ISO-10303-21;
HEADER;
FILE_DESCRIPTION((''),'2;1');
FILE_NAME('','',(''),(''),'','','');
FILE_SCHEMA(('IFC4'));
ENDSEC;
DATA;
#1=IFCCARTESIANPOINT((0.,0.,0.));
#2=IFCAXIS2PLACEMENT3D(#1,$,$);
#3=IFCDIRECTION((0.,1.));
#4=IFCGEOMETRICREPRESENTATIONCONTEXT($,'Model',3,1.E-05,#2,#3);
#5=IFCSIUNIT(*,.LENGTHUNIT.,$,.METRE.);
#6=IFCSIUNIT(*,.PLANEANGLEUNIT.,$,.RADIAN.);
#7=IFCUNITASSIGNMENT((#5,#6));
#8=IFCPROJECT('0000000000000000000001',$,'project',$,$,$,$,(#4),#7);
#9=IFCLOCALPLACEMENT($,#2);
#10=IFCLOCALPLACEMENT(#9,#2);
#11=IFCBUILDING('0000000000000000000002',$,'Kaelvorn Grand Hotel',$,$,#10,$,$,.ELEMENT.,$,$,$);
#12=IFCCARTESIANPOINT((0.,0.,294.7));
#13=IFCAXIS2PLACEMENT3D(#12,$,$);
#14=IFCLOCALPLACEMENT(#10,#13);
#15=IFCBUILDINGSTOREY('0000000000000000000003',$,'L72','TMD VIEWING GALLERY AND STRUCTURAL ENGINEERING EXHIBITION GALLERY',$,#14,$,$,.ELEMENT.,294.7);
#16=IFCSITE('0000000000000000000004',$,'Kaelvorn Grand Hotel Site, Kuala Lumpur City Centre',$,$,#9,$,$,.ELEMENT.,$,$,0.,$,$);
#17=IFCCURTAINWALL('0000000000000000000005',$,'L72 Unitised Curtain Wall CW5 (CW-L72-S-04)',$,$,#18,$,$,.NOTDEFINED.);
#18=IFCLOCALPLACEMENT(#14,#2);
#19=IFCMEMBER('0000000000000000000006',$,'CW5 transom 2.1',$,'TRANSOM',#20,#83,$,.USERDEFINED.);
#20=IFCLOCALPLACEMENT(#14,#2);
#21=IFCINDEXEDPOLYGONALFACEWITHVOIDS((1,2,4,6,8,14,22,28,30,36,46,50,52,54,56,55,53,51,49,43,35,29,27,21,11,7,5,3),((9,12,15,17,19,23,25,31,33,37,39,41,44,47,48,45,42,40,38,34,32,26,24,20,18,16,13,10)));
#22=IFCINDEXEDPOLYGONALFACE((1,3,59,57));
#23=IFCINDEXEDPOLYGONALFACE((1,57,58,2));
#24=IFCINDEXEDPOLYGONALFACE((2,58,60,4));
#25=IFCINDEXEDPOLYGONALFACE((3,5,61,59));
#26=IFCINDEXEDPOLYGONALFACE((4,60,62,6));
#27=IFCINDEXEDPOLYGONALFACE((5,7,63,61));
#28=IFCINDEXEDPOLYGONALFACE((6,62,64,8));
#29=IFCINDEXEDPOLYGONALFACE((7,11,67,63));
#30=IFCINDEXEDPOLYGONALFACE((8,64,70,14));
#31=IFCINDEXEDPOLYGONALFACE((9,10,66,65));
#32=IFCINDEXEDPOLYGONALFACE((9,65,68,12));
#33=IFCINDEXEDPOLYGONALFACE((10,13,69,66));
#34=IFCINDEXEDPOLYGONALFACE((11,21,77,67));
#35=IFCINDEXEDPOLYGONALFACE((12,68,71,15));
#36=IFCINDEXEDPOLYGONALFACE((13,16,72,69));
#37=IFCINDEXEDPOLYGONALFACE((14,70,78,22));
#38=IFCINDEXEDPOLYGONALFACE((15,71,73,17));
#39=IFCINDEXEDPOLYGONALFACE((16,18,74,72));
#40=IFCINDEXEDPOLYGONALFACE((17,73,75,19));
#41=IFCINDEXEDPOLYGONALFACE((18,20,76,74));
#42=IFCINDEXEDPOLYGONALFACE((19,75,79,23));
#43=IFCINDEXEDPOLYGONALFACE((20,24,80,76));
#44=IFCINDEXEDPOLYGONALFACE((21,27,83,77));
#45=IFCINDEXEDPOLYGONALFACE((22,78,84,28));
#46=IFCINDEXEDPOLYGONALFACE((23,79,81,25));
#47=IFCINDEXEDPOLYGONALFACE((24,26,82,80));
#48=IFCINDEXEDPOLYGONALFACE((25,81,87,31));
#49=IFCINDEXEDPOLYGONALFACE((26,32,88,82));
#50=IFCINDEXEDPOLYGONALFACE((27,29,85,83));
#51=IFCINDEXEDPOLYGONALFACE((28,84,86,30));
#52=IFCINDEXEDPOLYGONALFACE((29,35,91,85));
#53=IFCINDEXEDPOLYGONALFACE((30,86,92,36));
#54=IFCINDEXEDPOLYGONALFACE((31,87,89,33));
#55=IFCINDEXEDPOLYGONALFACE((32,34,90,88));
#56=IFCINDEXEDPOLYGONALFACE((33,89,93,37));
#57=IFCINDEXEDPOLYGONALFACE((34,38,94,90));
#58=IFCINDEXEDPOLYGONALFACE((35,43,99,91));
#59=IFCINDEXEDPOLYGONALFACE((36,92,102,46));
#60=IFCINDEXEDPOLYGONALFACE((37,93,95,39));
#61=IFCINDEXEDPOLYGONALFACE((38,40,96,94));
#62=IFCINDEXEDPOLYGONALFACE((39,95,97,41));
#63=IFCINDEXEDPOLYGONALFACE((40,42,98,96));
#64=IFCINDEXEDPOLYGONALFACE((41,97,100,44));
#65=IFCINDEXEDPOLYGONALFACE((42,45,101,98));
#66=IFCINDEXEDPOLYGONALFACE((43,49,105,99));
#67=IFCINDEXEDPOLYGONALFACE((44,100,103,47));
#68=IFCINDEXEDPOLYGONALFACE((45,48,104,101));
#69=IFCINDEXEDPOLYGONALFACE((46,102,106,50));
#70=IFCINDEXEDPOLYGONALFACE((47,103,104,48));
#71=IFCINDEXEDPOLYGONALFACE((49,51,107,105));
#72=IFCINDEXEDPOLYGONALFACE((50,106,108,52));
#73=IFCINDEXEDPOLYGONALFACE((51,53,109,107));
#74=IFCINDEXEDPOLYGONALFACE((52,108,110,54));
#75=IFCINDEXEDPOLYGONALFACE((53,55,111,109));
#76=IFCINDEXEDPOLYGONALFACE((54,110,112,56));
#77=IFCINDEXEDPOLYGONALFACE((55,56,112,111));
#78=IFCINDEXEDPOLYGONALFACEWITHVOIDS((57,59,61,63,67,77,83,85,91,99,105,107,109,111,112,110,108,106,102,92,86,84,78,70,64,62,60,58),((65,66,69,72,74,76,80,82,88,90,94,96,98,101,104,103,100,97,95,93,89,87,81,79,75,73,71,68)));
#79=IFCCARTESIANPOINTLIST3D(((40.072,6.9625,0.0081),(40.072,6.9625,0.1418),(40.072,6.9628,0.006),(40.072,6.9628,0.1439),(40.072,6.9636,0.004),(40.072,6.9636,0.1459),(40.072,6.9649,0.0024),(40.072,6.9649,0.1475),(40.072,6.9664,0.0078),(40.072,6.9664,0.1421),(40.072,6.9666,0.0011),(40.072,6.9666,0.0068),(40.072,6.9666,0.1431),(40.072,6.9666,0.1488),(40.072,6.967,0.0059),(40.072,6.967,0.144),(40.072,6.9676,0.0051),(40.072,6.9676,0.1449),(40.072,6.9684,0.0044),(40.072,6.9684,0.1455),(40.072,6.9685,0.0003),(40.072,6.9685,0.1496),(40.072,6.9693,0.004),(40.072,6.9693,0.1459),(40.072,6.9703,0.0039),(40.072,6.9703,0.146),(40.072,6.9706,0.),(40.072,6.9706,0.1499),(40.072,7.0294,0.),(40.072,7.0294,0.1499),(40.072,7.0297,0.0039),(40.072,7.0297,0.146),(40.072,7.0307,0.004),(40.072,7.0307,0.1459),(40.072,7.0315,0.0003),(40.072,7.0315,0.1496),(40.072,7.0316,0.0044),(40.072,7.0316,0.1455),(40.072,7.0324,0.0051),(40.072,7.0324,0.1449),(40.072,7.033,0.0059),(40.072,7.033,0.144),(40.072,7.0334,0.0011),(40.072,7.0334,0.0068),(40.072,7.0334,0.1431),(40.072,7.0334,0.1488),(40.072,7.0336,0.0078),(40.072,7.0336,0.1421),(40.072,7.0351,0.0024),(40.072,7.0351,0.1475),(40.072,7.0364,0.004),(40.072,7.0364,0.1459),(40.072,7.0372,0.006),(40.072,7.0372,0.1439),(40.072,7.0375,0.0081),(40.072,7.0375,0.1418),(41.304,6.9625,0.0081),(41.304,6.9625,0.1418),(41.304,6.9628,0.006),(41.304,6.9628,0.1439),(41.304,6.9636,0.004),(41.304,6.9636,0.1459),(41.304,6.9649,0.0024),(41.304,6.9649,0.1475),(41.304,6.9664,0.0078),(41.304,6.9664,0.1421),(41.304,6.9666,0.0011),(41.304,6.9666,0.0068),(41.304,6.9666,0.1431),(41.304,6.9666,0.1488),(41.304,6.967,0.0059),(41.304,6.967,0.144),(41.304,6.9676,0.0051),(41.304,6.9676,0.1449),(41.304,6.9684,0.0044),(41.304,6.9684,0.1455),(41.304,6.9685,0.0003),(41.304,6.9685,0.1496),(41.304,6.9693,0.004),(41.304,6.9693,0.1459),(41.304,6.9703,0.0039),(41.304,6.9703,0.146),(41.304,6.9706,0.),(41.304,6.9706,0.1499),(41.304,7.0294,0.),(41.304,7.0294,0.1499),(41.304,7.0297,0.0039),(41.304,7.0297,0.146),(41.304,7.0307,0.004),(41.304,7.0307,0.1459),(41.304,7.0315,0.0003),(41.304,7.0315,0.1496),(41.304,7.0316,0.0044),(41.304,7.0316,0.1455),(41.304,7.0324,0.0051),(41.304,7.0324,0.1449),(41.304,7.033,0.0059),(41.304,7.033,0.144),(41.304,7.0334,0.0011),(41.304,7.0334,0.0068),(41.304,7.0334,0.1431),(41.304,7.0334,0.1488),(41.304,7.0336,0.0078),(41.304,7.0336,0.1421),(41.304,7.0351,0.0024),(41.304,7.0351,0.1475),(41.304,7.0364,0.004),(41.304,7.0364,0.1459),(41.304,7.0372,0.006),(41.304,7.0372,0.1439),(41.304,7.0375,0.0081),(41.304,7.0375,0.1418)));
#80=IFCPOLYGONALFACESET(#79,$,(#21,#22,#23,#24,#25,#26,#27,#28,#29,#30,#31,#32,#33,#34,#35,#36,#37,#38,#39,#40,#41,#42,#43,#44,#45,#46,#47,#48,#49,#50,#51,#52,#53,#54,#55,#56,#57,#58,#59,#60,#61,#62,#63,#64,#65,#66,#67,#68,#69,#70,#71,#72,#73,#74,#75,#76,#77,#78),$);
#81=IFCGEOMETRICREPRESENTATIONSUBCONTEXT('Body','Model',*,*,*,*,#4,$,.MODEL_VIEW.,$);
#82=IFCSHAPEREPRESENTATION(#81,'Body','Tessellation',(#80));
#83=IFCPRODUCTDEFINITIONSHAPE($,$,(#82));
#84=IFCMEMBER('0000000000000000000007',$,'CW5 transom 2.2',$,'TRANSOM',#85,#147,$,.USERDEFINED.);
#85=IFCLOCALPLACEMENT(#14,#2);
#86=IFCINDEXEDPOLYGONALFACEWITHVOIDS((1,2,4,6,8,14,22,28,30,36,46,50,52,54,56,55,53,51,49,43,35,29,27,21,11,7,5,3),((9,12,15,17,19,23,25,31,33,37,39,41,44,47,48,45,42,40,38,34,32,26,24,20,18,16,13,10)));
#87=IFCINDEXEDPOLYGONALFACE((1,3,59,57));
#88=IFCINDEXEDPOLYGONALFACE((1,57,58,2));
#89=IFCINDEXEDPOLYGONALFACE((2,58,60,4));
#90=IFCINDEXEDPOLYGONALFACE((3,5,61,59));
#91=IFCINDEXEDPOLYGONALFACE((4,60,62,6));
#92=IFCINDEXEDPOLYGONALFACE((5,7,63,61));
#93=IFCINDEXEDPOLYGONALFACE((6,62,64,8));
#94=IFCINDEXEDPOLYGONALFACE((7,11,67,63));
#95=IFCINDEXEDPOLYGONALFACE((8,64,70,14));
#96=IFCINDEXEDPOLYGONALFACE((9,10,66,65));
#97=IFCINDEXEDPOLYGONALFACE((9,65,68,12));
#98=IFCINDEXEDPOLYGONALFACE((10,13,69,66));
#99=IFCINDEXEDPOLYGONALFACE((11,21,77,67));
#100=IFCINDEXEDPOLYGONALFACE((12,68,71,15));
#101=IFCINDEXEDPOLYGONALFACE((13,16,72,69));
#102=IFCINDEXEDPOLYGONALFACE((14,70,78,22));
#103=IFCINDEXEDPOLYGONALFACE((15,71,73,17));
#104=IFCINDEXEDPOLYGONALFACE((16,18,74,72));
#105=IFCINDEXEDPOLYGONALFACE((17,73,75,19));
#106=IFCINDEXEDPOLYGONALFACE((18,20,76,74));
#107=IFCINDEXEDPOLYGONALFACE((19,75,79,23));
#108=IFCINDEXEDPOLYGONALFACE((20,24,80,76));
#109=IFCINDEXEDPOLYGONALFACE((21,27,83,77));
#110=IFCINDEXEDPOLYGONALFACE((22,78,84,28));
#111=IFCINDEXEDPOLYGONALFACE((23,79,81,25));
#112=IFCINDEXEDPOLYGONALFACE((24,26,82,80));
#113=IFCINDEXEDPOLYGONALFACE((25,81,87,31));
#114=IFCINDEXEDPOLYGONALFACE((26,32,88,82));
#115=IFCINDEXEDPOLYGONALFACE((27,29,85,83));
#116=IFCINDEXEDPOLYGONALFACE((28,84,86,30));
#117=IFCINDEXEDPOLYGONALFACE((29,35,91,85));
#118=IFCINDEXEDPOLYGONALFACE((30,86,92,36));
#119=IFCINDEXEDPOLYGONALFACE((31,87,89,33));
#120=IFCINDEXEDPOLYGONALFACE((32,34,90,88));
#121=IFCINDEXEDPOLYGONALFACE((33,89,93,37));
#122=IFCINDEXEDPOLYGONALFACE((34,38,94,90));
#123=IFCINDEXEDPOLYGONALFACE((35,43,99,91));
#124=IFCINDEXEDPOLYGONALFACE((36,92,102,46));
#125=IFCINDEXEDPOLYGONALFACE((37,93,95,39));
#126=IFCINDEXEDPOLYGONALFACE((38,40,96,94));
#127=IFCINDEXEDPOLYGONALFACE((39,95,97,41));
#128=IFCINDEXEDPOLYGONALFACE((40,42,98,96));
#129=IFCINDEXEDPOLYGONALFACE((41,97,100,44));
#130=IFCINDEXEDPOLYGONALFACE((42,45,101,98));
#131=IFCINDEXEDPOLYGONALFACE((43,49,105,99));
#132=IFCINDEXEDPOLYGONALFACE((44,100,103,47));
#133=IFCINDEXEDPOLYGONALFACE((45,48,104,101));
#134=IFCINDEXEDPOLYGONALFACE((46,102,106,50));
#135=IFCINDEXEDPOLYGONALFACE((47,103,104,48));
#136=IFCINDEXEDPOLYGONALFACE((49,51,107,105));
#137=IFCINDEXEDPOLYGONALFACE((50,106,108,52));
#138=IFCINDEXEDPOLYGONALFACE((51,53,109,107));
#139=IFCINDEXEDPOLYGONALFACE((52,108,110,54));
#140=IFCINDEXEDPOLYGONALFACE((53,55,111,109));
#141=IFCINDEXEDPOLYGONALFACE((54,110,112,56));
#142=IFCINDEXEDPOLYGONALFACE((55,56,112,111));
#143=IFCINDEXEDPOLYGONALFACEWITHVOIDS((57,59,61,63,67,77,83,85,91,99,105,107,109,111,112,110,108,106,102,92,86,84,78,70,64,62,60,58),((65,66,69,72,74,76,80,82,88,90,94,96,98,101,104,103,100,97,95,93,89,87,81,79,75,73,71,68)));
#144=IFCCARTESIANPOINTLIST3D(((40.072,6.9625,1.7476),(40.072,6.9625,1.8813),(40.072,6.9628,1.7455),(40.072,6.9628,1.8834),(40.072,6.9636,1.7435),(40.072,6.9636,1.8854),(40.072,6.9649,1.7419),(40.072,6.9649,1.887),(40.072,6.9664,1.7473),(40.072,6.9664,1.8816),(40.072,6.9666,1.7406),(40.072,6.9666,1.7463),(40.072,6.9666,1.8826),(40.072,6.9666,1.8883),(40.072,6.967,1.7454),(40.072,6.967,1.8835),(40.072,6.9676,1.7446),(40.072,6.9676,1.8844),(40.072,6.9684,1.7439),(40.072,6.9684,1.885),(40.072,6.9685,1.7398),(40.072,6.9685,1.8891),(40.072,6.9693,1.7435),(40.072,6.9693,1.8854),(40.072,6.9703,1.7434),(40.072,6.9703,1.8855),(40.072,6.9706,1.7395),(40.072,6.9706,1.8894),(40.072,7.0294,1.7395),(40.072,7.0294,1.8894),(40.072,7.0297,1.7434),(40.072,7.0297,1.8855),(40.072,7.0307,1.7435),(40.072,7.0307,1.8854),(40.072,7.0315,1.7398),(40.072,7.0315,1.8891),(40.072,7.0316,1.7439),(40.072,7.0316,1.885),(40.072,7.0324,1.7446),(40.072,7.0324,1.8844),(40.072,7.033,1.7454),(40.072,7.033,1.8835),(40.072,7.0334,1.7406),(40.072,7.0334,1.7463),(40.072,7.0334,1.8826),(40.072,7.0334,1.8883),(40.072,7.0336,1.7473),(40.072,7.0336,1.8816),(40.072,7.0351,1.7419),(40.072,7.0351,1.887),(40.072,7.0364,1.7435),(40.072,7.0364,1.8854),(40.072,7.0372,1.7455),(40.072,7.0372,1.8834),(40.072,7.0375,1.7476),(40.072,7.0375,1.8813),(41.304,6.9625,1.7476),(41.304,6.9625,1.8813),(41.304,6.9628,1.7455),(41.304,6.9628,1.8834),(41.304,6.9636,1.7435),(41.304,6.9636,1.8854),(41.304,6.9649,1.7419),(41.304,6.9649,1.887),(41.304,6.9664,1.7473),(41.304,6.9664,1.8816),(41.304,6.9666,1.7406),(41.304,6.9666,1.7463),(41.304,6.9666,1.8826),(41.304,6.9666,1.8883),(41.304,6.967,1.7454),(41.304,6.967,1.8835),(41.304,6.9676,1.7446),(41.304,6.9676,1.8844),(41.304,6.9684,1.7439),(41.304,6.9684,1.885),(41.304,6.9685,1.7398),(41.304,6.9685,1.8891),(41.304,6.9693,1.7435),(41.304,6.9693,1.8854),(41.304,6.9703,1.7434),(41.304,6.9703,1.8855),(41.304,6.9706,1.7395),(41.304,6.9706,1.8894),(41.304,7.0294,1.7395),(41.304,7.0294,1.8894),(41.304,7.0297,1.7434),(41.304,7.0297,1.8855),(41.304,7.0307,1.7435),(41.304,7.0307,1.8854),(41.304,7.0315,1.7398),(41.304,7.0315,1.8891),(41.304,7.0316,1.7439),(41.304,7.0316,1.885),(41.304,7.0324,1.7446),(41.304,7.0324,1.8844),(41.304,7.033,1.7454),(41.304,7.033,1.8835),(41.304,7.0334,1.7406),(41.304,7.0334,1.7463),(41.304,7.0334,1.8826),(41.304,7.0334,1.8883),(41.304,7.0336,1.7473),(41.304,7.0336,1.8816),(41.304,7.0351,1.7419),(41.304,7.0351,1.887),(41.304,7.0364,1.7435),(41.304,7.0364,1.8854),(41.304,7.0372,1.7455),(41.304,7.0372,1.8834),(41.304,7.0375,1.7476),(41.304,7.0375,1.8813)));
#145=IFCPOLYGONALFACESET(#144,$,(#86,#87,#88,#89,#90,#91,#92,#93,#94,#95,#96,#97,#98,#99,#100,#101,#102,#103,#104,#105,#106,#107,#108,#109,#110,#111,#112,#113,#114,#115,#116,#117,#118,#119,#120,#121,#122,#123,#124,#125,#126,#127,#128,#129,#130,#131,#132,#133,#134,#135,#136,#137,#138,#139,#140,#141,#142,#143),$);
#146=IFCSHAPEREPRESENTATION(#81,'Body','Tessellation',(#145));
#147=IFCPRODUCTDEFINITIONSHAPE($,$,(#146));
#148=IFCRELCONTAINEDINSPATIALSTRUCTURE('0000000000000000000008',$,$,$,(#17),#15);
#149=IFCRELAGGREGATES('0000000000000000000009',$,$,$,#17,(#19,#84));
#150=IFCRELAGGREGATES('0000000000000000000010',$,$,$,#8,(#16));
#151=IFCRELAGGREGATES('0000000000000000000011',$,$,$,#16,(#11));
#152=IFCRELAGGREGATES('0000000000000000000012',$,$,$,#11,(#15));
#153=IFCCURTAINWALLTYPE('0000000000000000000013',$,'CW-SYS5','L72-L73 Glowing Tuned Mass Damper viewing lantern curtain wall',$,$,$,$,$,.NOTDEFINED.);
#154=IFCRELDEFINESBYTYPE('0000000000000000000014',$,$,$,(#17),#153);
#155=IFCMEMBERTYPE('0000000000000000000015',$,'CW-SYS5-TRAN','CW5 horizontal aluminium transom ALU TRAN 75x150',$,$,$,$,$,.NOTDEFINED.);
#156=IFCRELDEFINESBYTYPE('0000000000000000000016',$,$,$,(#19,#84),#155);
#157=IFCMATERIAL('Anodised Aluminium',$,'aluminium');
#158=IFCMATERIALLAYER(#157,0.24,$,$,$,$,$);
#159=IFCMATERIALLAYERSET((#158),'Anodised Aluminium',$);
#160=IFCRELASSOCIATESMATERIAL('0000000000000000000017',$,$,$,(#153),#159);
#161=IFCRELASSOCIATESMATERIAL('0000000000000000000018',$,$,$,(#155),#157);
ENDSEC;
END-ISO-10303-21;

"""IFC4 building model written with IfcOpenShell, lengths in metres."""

from ifc_helpers import new_model, si_unit, direction, frame, origin, origin_2d, place, context, subcontext, project, spatial, hollow_rectangle, extrude, material, layer, layer_set, material_profile, profile_set, type_object, element, aggregate, save


model = new_model("IFC4")

# Units and contexts
model_context = context("Model", 3, precision=1e-05, world=origin(), true_north=direction((0.0, 1.0)))
body_context = subcontext(model_context, "Body", "Model", "MODEL_VIEW")
ifc_project = project(units=[si_unit("LENGTHUNIT", "METRE"), si_unit("PLANEANGLEUNIT", "RADIAN")], contexts=[model_context])

# Site, building, storey
site_placement = place(None, origin())
site = spatial("IfcSite", under=ifc_project, at=site_placement, Name="Kaelvorn Grand Hotel Site, Kuala Lumpur City Centre", CompositionType="ELEMENT", RefElevation=0.0)
building_placement = place(site_placement, origin())
building = spatial("IfcBuilding", under=site, at=building_placement, Name="Kaelvorn Grand Hotel", CompositionType="ELEMENT")
storey_placement = place(building_placement, frame((0.0, 0.0, 294.7)))
storey = spatial("IfcBuildingStorey", under=building, at=storey_placement, Name="L72", Description="TMD VIEWING GALLERY AND STRUCTURAL ENGINEERING EXHIBITION GALLERY", CompositionType="ELEMENT", Elevation=294.7)

# Curtain wall, members
ifc_material_1 = material(Name="Anodised Aluminium", Category="aluminium")
ifc_layer_1 = layer(ifc_material_1, 0.24)
ifc_layer_set_1 = layer_set([ifc_layer_1], Name="Anodised Aluminium")
curtain_wall_type = type_object("IfcCurtainWallType", Name="CW-SYS5", Description="L72-L73 Glowing Tuned Mass Damper viewing lantern curtain wall", PredefinedType="NOTDEFINED", material=ifc_layer_set_1)
curtain_wall_placement = place(storey_placement, origin())
curtain_wall = element("IfcCurtainWall", 1, at=curtain_wall_placement, inside=storey, type_object=curtain_wall_type, Name="L72 Unitised Curtain Wall CW5 (CW-L72-S-04)", PredefinedType="NOTDEFINED")
ifc_material_profile_1 = material_profile(ifc_material_1, hollow_rectangle(XDim=0.075, YDim=0.1499, WallThickness=0.0039, InnerFilletRadius=0.0039, OuterFilletRadius=0.0081, at=origin_2d()), Name="ALU TRAN 75x150")
ifc_profile_set_1 = profile_set([ifc_material_profile_1], Name="Anodised Aluminium")
member_type_1 = type_object("IfcMemberType", Name="CW-SYS5-TRAN", Description="CW5 horizontal aluminium transom ALU TRAN 75x150", PredefinedType="NOTDEFINED", material=ifc_profile_set_1)
member_1_placement = place(storey_placement, frame((40.072, 7.0, 0.075), z_axis=(1.0, 0.0, 0.0), x_axis=(0.0, 1.0, 0.0)))
member_1 = element("IfcMember", 2, at=member_1_placement, type_object=member_type_1, Name="CW5 transom 2.1", ObjectType="TRANSOM", PredefinedType="USERDEFINED", context=body_context, shape_type="SweptSolid", body=[
    extrude(hollow_rectangle(XDim=0.075, YDim=0.1499, WallThickness=0.0039, InnerFilletRadius=0.0039, OuterFilletRadius=0.0081, at=origin_2d()), origin(), (0.0, 0.0, 1.0), 1.2319),
])
member_2_placement = place(storey_placement, frame((40.072, 7.0, 1.8145), z_axis=(1.0, 0.0, 0.0), x_axis=(0.0, 1.0, 0.0)))
member_2 = element("IfcMember", 3, at=member_2_placement, type_object=member_type_1, Name="CW5 transom 2.2", ObjectType="TRANSOM", PredefinedType="USERDEFINED", context=body_context, shape_type="SweptSolid", body=[
    extrude(hollow_rectangle(XDim=0.075, YDim=0.1499, WallThickness=0.0039, InnerFilletRadius=0.0039, OuterFilletRadius=0.0081, at=origin_2d()), origin(), (0.0, 0.0, 1.0), 1.2319),
])

aggregate(curtain_wall, [member_1, member_2])

save(model, "model.ifc")
